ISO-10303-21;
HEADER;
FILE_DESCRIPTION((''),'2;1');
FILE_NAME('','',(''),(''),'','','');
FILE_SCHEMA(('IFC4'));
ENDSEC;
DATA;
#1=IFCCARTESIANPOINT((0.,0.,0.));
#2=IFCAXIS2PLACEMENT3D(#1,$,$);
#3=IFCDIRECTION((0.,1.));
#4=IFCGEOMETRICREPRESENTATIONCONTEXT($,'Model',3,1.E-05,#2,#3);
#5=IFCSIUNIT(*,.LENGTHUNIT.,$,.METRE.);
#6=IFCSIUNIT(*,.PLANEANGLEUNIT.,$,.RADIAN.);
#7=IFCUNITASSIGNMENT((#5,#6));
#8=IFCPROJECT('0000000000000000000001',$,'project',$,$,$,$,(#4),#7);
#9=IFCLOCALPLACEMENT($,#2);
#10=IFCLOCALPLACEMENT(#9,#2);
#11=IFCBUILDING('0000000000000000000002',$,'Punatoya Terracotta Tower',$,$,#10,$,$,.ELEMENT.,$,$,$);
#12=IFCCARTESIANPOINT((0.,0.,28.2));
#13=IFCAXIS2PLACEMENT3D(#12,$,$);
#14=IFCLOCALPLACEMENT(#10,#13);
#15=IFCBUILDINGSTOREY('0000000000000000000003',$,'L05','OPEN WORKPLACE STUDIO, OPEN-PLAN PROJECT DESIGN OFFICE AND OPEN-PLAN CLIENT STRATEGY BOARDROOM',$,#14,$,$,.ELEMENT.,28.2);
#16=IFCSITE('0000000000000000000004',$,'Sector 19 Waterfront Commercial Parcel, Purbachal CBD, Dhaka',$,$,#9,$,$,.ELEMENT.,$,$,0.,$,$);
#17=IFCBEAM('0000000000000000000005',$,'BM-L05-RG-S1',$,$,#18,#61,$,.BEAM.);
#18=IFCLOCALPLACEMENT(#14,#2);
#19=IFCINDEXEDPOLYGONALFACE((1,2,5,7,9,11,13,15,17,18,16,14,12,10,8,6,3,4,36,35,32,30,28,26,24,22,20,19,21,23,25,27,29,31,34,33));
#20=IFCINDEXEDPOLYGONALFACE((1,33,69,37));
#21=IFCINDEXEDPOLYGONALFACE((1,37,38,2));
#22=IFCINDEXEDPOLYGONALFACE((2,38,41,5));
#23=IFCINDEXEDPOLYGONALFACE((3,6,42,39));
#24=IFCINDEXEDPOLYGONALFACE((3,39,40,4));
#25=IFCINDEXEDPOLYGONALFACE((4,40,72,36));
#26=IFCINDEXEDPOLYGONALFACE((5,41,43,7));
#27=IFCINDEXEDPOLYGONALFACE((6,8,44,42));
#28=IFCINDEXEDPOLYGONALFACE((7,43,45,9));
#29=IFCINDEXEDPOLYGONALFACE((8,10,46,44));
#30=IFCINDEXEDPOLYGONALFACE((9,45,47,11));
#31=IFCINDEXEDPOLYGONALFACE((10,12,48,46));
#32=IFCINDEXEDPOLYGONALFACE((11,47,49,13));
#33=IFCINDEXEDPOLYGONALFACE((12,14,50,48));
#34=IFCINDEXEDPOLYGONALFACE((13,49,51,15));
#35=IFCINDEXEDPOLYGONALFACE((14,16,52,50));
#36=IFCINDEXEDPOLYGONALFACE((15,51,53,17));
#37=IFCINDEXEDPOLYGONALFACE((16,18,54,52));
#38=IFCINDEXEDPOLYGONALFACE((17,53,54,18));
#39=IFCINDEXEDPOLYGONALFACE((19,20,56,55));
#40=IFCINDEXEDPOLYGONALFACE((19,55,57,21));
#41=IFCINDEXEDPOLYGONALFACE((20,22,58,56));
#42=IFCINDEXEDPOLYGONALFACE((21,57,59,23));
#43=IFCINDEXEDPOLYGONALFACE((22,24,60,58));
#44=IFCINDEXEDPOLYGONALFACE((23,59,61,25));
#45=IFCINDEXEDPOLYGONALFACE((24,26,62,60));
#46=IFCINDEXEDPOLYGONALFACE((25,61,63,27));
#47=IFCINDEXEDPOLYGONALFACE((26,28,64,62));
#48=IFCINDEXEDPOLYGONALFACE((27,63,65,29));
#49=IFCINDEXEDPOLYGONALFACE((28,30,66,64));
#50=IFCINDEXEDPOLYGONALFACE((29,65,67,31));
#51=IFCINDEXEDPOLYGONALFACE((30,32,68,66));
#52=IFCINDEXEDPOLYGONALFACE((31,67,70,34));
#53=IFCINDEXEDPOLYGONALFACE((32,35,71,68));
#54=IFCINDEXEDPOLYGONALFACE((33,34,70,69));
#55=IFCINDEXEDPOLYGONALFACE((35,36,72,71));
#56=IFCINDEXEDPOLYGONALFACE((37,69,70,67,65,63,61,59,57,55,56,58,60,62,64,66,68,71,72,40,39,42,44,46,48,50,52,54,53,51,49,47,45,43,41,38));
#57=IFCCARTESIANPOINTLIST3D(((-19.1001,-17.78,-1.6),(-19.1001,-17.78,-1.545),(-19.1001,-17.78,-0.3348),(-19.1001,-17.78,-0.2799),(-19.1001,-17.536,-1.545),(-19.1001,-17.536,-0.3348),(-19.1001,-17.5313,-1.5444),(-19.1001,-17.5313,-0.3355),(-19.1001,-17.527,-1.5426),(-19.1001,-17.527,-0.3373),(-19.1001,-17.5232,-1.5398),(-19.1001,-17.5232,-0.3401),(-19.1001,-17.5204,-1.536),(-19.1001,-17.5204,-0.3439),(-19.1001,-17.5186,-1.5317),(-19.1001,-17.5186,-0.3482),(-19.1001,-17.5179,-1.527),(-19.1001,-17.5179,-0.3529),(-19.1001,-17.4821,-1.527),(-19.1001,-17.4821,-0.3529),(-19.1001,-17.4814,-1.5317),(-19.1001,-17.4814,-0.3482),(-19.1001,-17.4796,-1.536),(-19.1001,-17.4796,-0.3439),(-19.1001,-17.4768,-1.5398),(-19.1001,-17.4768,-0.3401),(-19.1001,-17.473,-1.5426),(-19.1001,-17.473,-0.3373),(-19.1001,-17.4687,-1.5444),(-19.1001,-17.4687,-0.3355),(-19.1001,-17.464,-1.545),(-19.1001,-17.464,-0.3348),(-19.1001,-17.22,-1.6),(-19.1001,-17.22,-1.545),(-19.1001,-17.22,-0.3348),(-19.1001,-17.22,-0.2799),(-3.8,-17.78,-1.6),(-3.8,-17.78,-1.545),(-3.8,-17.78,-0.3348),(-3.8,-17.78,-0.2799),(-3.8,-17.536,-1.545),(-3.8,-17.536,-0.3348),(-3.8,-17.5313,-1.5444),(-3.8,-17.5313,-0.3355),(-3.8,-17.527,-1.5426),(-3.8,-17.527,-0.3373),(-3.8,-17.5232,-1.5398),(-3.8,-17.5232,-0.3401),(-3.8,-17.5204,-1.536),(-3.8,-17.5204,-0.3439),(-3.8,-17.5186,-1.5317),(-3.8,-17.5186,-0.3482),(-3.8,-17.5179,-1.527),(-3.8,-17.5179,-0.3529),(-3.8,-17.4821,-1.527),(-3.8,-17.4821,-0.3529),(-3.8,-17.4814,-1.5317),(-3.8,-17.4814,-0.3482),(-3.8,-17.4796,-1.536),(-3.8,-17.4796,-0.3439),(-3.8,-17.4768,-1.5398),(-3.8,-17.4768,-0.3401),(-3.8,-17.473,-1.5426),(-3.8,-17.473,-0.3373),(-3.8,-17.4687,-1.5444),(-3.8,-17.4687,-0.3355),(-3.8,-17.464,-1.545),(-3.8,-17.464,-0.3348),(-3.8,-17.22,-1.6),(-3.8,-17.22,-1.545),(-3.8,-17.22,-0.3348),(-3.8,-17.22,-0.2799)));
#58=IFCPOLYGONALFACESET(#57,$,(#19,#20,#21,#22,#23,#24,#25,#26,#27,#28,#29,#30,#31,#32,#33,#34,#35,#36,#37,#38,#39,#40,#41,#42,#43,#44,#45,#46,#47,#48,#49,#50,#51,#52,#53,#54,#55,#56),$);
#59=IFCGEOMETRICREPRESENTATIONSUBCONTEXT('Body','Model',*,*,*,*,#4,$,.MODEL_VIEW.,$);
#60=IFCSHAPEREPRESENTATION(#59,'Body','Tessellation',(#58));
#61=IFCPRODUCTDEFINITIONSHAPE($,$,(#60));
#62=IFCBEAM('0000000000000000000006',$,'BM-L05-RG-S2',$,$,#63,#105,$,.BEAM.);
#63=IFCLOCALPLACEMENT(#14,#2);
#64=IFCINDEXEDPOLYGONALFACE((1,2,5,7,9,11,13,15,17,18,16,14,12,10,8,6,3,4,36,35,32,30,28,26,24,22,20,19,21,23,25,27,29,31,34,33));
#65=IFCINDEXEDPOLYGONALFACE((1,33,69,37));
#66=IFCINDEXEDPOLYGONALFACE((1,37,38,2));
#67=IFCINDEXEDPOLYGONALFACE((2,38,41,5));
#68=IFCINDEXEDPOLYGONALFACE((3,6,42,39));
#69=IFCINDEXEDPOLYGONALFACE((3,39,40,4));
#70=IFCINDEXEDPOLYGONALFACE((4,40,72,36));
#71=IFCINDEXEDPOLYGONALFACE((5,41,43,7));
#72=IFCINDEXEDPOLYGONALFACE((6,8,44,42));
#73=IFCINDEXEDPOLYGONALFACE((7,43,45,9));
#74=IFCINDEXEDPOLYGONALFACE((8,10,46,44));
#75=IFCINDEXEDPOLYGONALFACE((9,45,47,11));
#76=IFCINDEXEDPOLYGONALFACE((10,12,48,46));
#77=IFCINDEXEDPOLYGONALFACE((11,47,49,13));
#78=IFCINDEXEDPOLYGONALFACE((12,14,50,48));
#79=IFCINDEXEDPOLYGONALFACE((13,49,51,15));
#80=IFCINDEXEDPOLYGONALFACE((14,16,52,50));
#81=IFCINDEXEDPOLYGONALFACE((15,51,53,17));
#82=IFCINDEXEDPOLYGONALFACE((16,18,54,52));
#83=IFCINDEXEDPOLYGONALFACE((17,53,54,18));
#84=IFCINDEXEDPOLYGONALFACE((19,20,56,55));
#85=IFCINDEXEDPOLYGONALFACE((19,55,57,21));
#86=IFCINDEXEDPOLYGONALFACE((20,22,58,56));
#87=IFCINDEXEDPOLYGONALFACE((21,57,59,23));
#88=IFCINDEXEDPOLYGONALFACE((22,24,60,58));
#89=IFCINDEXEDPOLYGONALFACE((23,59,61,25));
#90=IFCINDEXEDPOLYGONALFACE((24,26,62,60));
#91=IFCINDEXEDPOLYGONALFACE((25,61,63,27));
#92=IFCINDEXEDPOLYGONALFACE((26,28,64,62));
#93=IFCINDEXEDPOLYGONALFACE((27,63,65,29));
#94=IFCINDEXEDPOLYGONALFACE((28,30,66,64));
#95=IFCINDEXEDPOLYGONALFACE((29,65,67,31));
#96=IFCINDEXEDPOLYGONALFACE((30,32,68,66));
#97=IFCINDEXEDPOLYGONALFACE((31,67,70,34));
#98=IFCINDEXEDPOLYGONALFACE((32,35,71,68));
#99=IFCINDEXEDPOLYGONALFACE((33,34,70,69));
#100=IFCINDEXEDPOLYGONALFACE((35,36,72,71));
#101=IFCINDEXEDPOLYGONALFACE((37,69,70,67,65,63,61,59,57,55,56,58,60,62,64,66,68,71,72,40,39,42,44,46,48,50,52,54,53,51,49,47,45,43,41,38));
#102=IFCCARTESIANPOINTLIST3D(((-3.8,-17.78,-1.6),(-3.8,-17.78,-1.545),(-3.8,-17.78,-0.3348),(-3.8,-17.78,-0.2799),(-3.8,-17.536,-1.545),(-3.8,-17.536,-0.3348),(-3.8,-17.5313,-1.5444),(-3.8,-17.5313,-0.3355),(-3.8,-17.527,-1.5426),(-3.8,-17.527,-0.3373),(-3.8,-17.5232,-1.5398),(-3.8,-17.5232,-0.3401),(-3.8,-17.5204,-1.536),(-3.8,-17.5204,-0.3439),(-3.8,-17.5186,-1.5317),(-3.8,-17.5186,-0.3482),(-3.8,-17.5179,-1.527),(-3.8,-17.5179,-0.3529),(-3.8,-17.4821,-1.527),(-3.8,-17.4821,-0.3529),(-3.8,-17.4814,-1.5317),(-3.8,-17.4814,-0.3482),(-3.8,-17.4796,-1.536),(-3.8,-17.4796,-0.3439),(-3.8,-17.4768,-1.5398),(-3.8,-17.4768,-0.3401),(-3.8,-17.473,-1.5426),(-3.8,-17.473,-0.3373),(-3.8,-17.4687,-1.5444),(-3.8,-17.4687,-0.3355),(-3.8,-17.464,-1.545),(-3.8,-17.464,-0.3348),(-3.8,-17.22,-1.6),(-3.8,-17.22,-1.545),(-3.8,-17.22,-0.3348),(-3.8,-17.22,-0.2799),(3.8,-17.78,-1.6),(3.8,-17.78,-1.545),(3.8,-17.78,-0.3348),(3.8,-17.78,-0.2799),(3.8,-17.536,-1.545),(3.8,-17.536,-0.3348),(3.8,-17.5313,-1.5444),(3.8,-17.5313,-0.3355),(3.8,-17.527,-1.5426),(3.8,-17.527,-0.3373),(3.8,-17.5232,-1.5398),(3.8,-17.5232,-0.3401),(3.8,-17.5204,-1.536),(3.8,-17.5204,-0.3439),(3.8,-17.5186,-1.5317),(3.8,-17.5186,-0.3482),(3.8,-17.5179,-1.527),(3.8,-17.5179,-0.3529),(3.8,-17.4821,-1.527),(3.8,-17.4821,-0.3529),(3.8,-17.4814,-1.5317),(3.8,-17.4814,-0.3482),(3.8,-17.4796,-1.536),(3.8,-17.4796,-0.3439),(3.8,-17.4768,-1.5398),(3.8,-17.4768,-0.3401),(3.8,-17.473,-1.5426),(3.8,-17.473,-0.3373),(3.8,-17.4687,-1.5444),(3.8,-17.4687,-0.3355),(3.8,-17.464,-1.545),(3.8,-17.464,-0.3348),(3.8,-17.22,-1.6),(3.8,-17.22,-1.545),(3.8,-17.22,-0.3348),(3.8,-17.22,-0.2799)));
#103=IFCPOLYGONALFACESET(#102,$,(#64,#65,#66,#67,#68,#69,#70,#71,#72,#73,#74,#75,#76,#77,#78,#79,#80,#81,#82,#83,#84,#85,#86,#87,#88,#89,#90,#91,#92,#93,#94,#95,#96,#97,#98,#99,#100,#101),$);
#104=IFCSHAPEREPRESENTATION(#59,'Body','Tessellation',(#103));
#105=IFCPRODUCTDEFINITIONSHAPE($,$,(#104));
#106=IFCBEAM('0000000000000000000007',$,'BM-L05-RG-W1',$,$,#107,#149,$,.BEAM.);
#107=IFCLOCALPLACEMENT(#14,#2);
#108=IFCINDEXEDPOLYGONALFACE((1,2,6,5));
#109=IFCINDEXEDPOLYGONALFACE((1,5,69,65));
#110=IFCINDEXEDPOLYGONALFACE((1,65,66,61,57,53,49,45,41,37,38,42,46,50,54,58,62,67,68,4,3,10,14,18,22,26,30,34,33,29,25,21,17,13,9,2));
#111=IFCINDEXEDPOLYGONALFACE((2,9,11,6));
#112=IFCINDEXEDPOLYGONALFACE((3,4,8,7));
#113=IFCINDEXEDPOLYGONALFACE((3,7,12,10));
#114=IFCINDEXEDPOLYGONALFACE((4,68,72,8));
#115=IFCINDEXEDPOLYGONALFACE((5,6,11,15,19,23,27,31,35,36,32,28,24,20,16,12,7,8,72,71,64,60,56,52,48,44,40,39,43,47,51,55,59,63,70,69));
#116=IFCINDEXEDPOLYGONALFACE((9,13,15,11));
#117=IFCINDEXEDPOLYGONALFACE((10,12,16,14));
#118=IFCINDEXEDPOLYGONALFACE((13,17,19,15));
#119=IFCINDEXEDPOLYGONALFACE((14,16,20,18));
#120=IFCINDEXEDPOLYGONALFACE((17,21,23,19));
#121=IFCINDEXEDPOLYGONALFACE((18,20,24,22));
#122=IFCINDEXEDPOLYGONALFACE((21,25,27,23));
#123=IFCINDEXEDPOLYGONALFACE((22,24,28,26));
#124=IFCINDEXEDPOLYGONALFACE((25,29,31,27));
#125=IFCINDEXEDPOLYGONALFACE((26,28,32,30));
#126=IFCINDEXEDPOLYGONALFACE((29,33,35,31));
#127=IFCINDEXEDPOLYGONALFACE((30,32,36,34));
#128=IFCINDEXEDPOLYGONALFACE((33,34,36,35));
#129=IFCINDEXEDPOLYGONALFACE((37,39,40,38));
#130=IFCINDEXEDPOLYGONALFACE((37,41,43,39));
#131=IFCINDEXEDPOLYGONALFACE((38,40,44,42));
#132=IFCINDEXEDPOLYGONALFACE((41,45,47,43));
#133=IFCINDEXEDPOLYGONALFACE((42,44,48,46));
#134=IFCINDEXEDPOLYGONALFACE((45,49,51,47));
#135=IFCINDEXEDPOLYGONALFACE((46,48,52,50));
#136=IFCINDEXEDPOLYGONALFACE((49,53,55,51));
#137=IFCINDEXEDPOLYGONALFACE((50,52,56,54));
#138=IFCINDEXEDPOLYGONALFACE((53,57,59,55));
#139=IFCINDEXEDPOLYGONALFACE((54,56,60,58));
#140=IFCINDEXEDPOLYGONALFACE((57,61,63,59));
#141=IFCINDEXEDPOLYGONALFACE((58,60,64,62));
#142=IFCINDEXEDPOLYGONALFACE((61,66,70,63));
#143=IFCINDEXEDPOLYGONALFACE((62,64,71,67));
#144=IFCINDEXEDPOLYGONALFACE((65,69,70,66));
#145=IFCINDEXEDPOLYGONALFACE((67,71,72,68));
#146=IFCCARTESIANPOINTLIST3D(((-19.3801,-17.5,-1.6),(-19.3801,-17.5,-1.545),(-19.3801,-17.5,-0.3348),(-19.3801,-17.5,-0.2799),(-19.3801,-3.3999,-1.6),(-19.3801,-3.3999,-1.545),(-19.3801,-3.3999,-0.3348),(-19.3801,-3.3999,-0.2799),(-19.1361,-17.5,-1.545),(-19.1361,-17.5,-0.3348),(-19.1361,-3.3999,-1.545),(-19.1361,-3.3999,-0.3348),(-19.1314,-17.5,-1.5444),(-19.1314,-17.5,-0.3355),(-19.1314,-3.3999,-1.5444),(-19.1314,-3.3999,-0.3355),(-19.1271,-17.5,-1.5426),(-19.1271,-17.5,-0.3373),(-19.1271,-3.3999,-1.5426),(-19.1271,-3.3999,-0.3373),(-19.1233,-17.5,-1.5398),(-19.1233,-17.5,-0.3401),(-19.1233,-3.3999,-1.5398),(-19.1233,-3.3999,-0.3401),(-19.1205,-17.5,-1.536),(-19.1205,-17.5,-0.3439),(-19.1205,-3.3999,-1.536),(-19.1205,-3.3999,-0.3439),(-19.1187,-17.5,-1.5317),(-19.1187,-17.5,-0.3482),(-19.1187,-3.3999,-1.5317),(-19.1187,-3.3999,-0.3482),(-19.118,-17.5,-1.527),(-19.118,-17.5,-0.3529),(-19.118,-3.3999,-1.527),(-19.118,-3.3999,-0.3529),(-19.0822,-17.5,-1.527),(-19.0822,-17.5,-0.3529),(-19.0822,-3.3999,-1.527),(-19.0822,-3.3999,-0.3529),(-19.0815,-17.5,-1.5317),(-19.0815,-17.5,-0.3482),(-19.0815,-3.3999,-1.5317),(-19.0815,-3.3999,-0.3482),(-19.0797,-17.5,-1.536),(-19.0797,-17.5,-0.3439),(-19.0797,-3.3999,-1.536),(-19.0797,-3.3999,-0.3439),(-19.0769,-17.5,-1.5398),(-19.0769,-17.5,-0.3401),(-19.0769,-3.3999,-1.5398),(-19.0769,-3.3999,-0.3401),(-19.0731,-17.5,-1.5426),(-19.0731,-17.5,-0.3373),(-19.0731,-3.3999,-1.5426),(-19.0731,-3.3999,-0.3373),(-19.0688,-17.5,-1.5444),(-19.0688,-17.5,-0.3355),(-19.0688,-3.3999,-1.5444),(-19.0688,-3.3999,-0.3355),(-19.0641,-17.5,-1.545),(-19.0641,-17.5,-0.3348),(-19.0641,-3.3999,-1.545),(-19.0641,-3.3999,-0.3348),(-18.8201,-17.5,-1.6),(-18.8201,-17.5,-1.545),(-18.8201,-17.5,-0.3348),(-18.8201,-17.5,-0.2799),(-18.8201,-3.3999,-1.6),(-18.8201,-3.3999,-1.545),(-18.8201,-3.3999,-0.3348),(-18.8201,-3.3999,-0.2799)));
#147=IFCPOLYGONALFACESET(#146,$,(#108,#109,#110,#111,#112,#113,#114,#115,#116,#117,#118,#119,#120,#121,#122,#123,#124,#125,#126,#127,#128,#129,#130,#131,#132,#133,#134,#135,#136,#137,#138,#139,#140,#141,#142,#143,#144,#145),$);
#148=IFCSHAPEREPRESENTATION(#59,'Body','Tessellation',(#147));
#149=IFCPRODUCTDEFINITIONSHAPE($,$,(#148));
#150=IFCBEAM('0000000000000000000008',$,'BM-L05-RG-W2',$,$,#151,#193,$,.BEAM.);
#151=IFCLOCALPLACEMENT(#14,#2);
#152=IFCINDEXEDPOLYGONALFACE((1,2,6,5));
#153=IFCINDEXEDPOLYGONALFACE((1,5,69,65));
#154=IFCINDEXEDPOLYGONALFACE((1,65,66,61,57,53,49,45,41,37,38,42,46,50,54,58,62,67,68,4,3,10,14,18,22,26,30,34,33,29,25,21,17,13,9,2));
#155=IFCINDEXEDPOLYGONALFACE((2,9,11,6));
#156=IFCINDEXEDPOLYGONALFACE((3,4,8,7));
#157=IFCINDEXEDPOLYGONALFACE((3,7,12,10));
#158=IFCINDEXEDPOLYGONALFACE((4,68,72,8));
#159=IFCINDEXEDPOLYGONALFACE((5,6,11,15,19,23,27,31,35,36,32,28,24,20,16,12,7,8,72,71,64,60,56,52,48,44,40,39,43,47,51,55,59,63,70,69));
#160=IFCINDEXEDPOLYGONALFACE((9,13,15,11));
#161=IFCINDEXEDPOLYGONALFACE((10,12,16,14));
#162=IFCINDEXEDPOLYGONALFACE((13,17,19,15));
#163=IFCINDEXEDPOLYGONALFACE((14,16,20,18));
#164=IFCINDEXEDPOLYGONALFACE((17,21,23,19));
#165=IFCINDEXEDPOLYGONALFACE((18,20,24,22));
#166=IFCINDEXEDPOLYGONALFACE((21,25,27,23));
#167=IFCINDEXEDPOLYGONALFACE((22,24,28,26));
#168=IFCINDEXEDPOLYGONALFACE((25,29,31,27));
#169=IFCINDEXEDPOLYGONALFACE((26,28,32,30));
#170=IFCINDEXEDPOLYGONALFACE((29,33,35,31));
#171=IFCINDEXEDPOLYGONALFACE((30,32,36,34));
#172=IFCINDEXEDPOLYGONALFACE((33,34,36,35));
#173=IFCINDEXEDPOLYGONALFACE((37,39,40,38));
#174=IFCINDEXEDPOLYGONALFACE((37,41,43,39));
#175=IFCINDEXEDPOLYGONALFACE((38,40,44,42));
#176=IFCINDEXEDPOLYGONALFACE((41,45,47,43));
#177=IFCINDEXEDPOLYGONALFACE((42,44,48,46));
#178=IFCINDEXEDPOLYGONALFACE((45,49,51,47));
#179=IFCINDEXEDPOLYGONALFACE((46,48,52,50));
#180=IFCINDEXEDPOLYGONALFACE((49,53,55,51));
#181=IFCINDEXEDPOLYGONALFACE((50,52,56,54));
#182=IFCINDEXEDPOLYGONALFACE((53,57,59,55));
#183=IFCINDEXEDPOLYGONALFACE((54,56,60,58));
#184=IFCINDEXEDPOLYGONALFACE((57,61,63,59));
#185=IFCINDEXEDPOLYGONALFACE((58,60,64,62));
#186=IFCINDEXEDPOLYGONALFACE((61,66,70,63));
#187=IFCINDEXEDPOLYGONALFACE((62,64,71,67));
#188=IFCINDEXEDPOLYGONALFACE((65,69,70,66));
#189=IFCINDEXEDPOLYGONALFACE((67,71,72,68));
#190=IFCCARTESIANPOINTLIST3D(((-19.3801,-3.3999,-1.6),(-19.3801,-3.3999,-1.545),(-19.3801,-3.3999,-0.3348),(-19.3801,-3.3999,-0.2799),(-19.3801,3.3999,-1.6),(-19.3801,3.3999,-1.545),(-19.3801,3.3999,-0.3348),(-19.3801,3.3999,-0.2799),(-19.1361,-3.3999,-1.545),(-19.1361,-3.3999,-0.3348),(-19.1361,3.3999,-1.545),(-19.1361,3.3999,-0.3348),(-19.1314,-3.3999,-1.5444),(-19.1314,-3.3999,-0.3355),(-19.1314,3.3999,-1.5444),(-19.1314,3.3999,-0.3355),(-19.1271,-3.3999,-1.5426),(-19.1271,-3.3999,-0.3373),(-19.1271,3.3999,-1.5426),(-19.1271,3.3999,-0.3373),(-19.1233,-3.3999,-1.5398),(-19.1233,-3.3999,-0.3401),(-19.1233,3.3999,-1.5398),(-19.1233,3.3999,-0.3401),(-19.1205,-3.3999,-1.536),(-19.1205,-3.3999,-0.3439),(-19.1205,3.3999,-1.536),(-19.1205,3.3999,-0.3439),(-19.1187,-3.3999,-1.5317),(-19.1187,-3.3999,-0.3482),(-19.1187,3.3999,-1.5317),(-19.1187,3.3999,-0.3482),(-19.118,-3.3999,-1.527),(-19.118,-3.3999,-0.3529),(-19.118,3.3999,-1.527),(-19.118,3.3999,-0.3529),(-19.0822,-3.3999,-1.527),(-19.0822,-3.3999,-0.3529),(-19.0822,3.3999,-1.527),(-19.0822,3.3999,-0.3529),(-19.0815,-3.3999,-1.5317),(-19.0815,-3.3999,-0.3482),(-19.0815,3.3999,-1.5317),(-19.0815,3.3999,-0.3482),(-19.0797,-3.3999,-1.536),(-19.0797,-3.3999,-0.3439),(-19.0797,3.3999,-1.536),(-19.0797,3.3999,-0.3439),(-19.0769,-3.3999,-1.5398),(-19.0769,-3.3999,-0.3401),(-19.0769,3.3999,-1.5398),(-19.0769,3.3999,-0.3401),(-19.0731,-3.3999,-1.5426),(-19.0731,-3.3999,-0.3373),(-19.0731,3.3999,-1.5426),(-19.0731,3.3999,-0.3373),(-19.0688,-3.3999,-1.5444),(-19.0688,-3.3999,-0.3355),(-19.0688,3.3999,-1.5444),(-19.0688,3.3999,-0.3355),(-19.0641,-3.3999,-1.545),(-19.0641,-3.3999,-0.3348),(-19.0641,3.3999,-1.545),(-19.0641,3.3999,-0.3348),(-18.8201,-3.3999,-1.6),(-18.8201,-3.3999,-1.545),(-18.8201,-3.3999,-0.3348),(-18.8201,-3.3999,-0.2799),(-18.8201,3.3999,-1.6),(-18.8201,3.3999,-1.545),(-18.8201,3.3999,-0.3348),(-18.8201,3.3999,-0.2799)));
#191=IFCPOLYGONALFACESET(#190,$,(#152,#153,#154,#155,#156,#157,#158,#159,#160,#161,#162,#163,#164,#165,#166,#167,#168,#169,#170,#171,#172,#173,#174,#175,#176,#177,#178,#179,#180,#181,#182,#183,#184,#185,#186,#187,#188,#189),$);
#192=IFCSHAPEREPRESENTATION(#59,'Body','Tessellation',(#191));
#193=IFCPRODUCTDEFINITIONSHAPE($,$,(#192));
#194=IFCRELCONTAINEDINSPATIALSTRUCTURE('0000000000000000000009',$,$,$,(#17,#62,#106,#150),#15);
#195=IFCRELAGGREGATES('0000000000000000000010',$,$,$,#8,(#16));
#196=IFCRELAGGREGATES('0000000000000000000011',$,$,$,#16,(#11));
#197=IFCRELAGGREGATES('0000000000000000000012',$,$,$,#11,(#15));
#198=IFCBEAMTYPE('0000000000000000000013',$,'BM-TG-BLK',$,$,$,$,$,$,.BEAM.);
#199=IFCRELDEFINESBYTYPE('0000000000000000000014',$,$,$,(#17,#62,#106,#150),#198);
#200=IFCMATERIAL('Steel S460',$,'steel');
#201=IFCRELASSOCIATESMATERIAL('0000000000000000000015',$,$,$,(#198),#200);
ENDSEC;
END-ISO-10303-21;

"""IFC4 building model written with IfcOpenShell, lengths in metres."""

from ifc_helpers import new_model, si_unit, direction, frame, origin, origin_2d, place, context, subcontext, project, spatial, i_section, extrude, material, material_profile, profile_set, type_object, element, save


model = new_model("IFC4")

# Units and contexts
model_context = context("Model", 3, precision=1e-05, world=origin(), true_north=direction((0.0, 1.0)))
body_context = subcontext(model_context, "Body", "Model", "MODEL_VIEW")
ifc_project = project(units=[si_unit("LENGTHUNIT", "METRE"), si_unit("PLANEANGLEUNIT", "RADIAN")], contexts=[model_context])

# Site, building, storey
site_placement = place(None, origin())
site = spatial("IfcSite", under=ifc_project, at=site_placement, Name="Sector 19 Waterfront Commercial Parcel, Purbachal CBD, Dhaka", CompositionType="ELEMENT", RefElevation=0.0)
building_placement = place(site_placement, origin())
building = spatial("IfcBuilding", under=site, at=building_placement, Name="Punatoya Terracotta Tower", CompositionType="ELEMENT")
storey_placement = place(building_placement, frame((0.0, 0.0, 28.2)))
storey = spatial("IfcBuildingStorey", under=building, at=storey_placement, Name="L05", Description="OPEN WORKPLACE STUDIO, OPEN-PLAN PROJECT DESIGN OFFICE AND OPEN-PLAN CLIENT STRATEGY BOARDROOM", CompositionType="ELEMENT", Elevation=28.2)

# Shared definitions
ifc_material_1 = material(Name="Steel S460", Category="steel")

# Beams
ifc_material_profile_1 = material_profile(ifc_material_1, i_section(OverallWidth=0.5601, OverallDepth=1.3201, WebThickness=0.0359, FlangeThickness=0.0549, FilletRadius=0.0181, at=origin_2d()))
ifc_profile_set_1 = profile_set([ifc_material_profile_1], Name="Steel S460")
beam_type_1 = type_object("IfcBeamType", Name="BM-TG-BLK", PredefinedType="BEAM", material=ifc_profile_set_1)
beam_1_placement = place(storey_placement, frame((-19.1001, -17.5, -0.9399), z_axis=(1.0, 0.0, 0.0), x_axis=(0.0, 1.0, 0.0)))
element("IfcBeam", 1, at=beam_1_placement, inside=storey, type_object=beam_type_1, Name="BM-L05-RG-S1", PredefinedType="BEAM", context=body_context, shape_type="SweptSolid", body=[
    extrude(i_section(OverallWidth=0.5601, OverallDepth=1.3201, WebThickness=0.0359, FlangeThickness=0.0549, FilletRadius=0.0181, at=origin_2d()), origin(), (0.0, 0.0, 1.0), 15.3),
])
beam_2_placement = place(storey_placement, frame((-3.8, -17.5, -0.9399), z_axis=(1.0, 0.0, 0.0), x_axis=(0.0, 1.0, 0.0)))
element("IfcBeam", 2, at=beam_2_placement, inside=storey, type_object=beam_type_1, Name="BM-L05-RG-S2", PredefinedType="BEAM", context=body_context, shape_type="SweptSolid", body=[
    extrude(i_section(OverallWidth=0.5601, OverallDepth=1.3201, WebThickness=0.0359, FlangeThickness=0.0549, FilletRadius=0.0181, at=origin_2d()), origin(), (0.0, 0.0, 1.0), 7.6001),
])
beam_3_placement = place(storey_placement, frame((-19.1001, -17.5, -0.9399), z_axis=(0.0, 1.0, 0.0), x_axis=(-1.0, 0.0, 0.0)))
element("IfcBeam", 3, at=beam_3_placement, inside=storey, type_object=beam_type_1, Name="BM-L05-RG-W1", PredefinedType="BEAM", context=body_context, shape_type="SweptSolid", body=[
    extrude(i_section(OverallWidth=0.5601, OverallDepth=1.3201, WebThickness=0.0359, FlangeThickness=0.0549, FilletRadius=0.0181, at=origin_2d()), origin(), (0.0, 0.0, 1.0), 14.1001),
])
beam_4_placement = place(storey_placement, frame((-19.1001, -3.3999, -0.9399), z_axis=(0.0, 1.0, 0.0), x_axis=(-1.0, 0.0, 0.0)))
element("IfcBeam", 4, at=beam_4_placement, inside=storey, type_object=beam_type_1, Name="BM-L05-RG-W2", PredefinedType="BEAM", context=body_context, shape_type="SweptSolid", body=[
    extrude(i_section(OverallWidth=0.5601, OverallDepth=1.3201, WebThickness=0.0359, FlangeThickness=0.0549, FilletRadius=0.0181, at=origin_2d()), origin(), (0.0, 0.0, 1.0), 6.7998),
])

save(model, "model.ifc")
